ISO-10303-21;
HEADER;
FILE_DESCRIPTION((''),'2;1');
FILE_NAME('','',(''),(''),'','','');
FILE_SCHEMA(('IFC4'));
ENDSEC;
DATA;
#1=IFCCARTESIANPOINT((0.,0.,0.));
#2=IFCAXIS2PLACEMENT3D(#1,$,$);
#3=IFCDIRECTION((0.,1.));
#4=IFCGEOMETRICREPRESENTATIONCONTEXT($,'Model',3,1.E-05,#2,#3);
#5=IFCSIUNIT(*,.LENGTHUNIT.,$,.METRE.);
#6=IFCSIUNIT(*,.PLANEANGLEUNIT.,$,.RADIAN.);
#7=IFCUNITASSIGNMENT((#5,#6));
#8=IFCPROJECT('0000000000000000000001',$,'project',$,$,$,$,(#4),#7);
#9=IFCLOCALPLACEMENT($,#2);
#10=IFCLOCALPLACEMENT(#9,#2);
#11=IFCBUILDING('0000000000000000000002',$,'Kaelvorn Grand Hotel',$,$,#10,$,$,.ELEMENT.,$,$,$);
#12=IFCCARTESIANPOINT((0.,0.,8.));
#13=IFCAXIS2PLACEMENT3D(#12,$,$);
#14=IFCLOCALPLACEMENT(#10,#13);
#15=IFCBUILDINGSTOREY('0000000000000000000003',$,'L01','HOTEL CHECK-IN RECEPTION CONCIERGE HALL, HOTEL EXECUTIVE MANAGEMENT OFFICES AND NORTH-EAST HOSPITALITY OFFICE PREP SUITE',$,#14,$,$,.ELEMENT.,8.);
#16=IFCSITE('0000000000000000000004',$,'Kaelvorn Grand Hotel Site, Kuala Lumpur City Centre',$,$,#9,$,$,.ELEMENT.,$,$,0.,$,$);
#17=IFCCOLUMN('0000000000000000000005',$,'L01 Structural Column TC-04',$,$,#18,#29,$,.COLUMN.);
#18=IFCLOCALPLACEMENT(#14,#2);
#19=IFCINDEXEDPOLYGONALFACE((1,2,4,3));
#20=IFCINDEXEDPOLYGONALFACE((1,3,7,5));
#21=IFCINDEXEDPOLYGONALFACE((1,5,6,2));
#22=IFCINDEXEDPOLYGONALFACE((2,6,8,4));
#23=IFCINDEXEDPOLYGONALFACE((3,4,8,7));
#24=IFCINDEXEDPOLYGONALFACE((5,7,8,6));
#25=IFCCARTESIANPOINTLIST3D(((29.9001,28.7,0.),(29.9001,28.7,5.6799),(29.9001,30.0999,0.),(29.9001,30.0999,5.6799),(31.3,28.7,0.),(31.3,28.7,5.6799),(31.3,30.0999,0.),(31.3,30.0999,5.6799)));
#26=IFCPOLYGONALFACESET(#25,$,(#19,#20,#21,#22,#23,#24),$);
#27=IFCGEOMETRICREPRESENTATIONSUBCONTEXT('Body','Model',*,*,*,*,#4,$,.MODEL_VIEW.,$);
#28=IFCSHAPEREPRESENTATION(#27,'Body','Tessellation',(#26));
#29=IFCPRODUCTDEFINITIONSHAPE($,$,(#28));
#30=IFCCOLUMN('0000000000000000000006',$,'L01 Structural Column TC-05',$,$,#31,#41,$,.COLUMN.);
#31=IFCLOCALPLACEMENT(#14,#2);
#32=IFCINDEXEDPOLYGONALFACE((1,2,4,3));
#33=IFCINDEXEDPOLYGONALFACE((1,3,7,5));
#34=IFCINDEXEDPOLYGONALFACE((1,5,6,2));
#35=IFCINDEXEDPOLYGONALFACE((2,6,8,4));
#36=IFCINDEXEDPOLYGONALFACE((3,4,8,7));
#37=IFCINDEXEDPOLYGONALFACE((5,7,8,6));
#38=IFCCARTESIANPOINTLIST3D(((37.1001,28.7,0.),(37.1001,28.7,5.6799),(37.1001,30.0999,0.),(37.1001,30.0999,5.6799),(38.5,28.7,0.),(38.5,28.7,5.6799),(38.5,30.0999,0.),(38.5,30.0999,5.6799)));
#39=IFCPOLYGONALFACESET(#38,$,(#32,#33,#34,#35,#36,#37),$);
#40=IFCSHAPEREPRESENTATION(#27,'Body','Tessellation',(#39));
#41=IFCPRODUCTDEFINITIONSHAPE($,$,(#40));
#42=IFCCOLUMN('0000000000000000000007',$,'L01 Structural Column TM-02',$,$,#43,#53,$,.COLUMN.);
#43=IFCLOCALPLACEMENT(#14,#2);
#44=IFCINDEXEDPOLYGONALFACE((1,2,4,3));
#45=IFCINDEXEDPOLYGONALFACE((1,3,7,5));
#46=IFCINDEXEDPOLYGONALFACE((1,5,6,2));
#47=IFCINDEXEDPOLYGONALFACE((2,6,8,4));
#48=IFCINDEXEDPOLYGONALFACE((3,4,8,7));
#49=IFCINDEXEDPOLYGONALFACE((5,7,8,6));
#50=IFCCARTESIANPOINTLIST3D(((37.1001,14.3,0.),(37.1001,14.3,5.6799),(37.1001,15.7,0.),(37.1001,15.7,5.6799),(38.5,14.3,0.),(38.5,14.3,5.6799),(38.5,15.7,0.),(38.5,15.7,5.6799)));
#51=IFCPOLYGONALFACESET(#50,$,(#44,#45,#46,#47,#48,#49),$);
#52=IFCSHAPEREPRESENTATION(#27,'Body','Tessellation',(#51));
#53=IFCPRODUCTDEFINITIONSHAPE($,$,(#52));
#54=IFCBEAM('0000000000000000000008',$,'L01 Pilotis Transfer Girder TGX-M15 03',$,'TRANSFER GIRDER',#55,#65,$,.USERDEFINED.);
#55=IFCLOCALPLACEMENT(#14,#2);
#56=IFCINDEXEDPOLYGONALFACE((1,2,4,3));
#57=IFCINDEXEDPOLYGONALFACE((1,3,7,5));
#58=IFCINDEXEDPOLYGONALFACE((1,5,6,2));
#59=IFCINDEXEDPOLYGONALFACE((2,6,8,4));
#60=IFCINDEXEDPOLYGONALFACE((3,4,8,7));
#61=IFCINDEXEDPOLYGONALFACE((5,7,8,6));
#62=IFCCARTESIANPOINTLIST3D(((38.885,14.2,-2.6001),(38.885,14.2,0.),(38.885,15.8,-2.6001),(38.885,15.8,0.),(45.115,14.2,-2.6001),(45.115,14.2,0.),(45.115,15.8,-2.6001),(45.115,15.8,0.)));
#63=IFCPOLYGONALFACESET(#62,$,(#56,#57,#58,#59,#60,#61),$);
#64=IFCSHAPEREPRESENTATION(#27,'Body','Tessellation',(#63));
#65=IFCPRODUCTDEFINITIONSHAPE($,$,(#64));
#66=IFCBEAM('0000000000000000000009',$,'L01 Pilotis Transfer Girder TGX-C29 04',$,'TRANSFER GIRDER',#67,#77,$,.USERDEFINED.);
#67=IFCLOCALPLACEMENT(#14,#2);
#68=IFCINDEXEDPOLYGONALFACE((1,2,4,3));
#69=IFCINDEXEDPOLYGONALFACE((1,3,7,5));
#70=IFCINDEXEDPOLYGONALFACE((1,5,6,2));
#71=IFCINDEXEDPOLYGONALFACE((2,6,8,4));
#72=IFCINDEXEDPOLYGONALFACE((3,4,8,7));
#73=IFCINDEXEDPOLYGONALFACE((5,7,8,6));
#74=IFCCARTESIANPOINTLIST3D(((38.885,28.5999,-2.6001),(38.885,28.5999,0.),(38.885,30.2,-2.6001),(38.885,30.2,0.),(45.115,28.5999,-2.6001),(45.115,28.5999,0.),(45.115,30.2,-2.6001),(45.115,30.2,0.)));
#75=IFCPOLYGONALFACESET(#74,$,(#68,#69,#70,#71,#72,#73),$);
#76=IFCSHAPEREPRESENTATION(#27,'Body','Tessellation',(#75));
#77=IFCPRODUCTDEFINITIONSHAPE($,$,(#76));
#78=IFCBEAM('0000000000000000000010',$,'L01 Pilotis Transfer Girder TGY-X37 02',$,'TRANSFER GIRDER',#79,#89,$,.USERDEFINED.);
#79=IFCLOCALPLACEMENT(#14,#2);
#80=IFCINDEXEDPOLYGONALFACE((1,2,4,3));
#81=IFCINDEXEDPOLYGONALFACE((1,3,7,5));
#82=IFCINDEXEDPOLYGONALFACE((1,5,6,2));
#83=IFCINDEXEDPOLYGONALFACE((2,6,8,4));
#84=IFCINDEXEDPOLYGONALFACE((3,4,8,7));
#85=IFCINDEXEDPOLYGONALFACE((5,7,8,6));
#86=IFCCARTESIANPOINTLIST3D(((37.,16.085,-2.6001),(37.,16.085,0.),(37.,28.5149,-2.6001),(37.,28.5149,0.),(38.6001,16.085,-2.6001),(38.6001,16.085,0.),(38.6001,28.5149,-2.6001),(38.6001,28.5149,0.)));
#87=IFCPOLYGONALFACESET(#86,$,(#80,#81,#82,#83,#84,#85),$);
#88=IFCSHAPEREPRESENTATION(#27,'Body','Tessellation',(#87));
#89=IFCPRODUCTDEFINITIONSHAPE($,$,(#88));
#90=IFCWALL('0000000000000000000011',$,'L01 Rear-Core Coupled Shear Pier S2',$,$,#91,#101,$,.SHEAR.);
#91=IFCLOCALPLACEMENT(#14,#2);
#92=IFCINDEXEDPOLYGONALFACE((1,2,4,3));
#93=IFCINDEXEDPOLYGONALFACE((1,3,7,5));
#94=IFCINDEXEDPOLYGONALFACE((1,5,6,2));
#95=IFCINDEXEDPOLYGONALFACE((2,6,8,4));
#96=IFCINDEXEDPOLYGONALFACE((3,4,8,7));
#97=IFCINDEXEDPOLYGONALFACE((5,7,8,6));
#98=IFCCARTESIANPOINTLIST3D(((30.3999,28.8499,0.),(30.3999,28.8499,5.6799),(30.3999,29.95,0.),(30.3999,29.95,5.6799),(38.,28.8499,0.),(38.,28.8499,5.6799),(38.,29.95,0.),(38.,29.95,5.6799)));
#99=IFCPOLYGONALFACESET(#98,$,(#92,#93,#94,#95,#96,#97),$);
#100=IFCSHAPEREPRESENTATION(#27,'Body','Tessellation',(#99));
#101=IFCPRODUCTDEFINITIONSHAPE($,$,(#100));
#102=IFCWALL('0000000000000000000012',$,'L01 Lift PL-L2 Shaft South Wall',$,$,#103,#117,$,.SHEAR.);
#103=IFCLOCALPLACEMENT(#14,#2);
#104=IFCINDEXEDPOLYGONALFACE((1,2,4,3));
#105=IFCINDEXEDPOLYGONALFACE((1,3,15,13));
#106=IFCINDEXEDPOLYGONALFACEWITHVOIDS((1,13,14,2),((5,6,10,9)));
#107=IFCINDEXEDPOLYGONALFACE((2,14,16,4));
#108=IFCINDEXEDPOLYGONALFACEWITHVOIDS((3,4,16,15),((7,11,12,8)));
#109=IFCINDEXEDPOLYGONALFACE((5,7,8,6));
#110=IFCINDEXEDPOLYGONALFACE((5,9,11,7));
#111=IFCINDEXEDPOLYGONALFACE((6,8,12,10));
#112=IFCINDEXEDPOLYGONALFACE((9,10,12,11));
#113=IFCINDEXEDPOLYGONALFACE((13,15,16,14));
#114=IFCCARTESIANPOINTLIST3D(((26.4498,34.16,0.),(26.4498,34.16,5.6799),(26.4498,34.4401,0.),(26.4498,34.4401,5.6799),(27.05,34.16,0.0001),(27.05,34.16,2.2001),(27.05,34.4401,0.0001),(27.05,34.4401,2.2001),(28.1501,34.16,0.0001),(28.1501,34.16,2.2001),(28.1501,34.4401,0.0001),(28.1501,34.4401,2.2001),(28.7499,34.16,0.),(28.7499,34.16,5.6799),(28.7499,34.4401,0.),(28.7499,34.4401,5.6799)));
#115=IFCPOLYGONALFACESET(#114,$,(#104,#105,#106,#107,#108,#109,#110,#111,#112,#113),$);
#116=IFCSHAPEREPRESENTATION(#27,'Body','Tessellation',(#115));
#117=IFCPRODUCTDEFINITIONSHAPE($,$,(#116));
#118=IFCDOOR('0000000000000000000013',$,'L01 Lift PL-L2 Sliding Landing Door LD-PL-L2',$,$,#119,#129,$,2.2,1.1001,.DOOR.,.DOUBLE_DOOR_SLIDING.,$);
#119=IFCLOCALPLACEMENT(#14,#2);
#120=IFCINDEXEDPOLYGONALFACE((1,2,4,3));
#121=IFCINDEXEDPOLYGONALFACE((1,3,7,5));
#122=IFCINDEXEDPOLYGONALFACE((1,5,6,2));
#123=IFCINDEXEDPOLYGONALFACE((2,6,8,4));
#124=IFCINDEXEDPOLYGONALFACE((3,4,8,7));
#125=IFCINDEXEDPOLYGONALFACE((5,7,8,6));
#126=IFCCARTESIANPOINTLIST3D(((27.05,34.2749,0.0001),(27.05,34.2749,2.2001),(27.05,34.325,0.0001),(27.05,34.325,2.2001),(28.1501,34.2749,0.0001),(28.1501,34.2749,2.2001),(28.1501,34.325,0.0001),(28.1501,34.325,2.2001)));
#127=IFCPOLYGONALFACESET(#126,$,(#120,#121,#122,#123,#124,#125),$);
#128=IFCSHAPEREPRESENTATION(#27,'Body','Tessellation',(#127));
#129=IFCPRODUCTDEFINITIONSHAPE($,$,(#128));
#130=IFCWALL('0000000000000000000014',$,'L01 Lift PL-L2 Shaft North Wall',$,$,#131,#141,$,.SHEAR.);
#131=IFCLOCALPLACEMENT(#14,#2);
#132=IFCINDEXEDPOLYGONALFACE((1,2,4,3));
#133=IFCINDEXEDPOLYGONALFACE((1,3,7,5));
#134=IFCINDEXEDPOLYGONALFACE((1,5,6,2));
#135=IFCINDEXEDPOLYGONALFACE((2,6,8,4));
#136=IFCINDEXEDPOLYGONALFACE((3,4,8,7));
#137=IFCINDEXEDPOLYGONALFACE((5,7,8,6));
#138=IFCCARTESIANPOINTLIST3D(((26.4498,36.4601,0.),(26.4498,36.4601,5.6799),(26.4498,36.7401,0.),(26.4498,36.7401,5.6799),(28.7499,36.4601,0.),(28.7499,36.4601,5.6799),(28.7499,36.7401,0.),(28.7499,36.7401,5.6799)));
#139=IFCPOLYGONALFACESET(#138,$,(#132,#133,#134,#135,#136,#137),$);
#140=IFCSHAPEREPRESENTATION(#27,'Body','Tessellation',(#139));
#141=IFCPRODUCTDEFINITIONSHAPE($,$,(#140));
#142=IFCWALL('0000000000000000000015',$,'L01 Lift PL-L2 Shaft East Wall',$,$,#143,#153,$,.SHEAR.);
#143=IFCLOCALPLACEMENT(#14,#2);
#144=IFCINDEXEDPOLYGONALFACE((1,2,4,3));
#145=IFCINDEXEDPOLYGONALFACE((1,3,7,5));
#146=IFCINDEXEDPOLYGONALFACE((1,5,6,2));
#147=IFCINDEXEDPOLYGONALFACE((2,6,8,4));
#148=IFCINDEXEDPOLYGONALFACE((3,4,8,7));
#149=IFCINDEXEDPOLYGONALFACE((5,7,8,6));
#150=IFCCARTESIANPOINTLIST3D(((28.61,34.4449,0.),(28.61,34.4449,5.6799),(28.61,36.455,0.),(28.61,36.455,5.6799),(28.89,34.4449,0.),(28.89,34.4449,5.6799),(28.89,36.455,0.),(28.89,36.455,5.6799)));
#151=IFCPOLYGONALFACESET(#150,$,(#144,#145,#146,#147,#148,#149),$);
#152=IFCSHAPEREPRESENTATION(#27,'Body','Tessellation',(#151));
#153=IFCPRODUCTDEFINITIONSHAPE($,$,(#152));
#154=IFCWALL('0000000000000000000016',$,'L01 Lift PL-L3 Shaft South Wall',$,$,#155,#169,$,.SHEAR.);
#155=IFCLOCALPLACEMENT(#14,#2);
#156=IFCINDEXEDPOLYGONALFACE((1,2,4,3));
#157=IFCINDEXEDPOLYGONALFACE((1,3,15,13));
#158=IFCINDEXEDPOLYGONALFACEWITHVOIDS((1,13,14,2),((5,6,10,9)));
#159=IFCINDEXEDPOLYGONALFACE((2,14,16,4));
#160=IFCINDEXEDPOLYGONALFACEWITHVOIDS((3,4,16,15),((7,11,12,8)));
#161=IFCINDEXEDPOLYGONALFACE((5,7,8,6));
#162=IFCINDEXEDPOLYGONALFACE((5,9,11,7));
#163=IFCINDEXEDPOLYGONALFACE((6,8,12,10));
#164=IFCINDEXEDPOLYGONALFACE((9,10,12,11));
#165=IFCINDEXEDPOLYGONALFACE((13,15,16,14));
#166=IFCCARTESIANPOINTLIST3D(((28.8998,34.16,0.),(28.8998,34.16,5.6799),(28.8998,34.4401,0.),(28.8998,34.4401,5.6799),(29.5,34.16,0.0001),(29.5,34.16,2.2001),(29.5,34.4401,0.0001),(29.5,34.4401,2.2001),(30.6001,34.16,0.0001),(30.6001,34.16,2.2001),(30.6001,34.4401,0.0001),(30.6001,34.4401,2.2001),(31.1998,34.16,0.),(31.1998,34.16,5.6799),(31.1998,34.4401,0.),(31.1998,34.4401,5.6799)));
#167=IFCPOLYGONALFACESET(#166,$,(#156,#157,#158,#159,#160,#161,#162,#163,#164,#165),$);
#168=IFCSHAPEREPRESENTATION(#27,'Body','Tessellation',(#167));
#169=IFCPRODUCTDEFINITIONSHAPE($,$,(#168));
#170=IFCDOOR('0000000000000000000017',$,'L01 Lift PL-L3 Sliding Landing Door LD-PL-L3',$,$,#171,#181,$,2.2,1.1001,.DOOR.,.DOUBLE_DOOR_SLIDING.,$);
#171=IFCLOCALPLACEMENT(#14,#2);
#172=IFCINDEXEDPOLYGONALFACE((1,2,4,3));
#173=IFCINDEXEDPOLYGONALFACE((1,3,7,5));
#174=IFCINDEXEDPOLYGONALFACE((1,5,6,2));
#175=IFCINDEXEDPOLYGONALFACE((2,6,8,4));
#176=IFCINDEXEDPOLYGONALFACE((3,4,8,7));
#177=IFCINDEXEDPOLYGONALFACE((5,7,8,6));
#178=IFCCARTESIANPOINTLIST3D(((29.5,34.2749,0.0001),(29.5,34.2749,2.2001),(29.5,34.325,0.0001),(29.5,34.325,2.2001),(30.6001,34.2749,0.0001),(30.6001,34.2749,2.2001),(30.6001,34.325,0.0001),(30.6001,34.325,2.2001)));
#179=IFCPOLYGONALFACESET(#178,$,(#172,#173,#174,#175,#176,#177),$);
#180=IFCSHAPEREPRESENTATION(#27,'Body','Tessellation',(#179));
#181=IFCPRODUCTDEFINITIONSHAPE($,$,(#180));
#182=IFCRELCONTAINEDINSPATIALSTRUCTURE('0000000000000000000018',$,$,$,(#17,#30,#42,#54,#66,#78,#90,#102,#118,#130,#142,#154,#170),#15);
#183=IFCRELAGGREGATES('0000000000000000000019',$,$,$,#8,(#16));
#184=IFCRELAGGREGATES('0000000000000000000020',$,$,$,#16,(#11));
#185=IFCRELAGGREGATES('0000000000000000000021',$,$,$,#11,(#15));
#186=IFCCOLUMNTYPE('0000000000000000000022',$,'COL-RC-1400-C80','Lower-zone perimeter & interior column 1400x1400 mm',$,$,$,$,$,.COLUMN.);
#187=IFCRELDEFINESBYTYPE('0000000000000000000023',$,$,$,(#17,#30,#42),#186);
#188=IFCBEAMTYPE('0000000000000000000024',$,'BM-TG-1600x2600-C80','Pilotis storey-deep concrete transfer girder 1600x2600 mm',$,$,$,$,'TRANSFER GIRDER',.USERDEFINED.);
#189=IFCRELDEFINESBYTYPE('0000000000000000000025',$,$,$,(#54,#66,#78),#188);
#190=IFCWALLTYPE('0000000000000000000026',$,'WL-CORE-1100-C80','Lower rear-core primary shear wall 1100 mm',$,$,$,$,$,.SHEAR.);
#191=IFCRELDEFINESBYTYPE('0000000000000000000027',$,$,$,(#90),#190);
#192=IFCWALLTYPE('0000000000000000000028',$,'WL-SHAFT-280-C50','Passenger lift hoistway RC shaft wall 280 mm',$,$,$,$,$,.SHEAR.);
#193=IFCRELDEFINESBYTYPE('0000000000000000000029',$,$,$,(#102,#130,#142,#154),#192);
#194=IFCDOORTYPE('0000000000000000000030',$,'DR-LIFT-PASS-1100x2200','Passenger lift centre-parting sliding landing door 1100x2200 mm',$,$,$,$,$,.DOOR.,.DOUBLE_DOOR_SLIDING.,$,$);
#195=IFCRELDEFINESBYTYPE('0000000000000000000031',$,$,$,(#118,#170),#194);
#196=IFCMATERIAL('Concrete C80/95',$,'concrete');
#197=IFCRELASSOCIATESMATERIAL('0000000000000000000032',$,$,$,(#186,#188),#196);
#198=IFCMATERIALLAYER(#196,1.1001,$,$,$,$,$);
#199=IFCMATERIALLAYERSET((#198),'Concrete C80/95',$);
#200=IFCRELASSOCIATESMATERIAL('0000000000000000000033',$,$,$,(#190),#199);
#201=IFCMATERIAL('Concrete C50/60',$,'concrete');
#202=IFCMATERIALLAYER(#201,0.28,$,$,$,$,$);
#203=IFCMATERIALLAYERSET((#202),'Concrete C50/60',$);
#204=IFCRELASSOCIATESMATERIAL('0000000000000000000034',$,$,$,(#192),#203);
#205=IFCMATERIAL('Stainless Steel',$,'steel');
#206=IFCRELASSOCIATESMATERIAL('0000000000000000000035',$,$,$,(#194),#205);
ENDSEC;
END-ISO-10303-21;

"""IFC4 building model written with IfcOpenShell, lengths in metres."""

from ifc_helpers import new_model, si_unit, direction, frame, frame_2d, origin, origin_2d, place, context, subcontext, project, spatial, rectangle, extrude, material, layer, layer_set, material_profile, profile_set, type_object, element, fill, save


model = new_model("IFC4")

# Units and contexts
model_context = context("Model", 3, precision=1e-05, world=origin(), true_north=direction((0.0, 1.0)))
body_context = subcontext(model_context, "Body", "Model", "MODEL_VIEW")
ifc_project = project(units=[si_unit("LENGTHUNIT", "METRE"), si_unit("PLANEANGLEUNIT", "RADIAN")], contexts=[model_context])

# Site, building, storey
site_placement = place(None, origin())
site = spatial("IfcSite", under=ifc_project, at=site_placement, Name="Kaelvorn Grand Hotel Site, Kuala Lumpur City Centre", CompositionType="ELEMENT", RefElevation=0.0)
building_placement = place(site_placement, origin())
building = spatial("IfcBuilding", under=site, at=building_placement, Name="Kaelvorn Grand Hotel", CompositionType="ELEMENT")
storey_placement = place(building_placement, frame((0.0, 0.0, 8.0)))
storey = spatial("IfcBuildingStorey", under=building, at=storey_placement, Name="L01", Description="HOTEL CHECK-IN RECEPTION CONCIERGE HALL, HOTEL EXECUTIVE MANAGEMENT OFFICES AND NORTH-EAST HOSPITALITY OFFICE PREP SUITE", CompositionType="ELEMENT", Elevation=8.0)

# Columns
ifc_material_1 = material(Name="Concrete C80/95", Category="concrete")
ifc_material_profile_1 = material_profile(ifc_material_1, rectangle(XDim=1.3999, YDim=1.3999, at=origin_2d()), Name="RC COL 1400x1400")
ifc_profile_set_1 = profile_set([ifc_material_profile_1], Name="Concrete C80/95")
column_type = type_object("IfcColumnType", Name="COL-RC-1400-C80", Description="Lower-zone perimeter & interior column 1400x1400 mm", PredefinedType="COLUMN", material=ifc_profile_set_1)
for number, where, z_axis, x_axis, name in (
    (1, (30.6001, 29.3999, 0.0), (0.0, 0.0, 1.0), (1.0, 0.0, 0.0), "L01 Structural Column TC-04"),
    (2, (37.8, 29.3999, 0.0), (0.0, 0.0, 1.0), (1.0, 0.0, 0.0), "L01 Structural Column TC-05"),
    (3, (37.8, 15.0, 0.0), (0.0, 0.0, 1.0), (1.0, 0.0, 0.0), "L01 Structural Column TM-02"),
):
    element("IfcColumn", number, at=place(storey_placement, frame(where, z_axis=z_axis, x_axis=x_axis)), inside=storey, type_object=column_type, Name=name, PredefinedType="COLUMN", context=body_context, shape_type="SweptSolid", body=[
        extrude(rectangle(XDim=1.3999, YDim=1.3999, at=origin_2d()), origin(), (0.0, 0.0, 1.0), 5.6799),
    ])

# Beams
ifc_material_profile_2 = material_profile(ifc_material_1, rectangle(XDim=1.6001, YDim=2.6001, at=origin_2d()), Name="RC TG 1600x2600")
ifc_profile_set_2 = profile_set([ifc_material_profile_2], Name="Concrete C80/95")
beam_type = type_object("IfcBeamType", Name="BM-TG-1600x2600-C80", Description="Pilotis storey-deep concrete transfer girder 1600x2600 mm", ElementType="TRANSFER GIRDER", PredefinedType="USERDEFINED", material=ifc_profile_set_2)
for number, where, z_axis, x_axis, name in (
    (4, (38.885, 15.0, -1.3), (1.0, 0.0, 0.0), (0.0, 1.0, 0.0), "L01 Pilotis Transfer Girder TGX-M15 03"),
    (5, (38.885, 29.3999, -1.3), (1.0, 0.0, 0.0), (0.0, 1.0, 0.0), "L01 Pilotis Transfer Girder TGX-C29 04"),
):
    element("IfcBeam", number, at=place(storey_placement, frame(where, z_axis=z_axis, x_axis=x_axis)), inside=storey, type_object=beam_type, Name=name, ObjectType="TRANSFER GIRDER", PredefinedType="USERDEFINED", context=body_context, shape_type="SweptSolid", body=[
        extrude(rectangle(XDim=1.6001, YDim=2.6001, at=origin_2d()), origin(), (0.0, 0.0, 1.0), 6.23),
    ])
beam_placement = place(storey_placement, frame((37.8, 16.085, -1.3), z_axis=(0.0, 1.0, 0.0), x_axis=(-1.0, 0.0, 0.0)))
element("IfcBeam", 6, at=beam_placement, inside=storey, type_object=beam_type, Name="L01 Pilotis Transfer Girder TGY-X37 02", ObjectType="TRANSFER GIRDER", PredefinedType="USERDEFINED", context=body_context, shape_type="SweptSolid", body=[
    extrude(rectangle(XDim=1.6001, YDim=2.6001, at=origin_2d()), origin(), (0.0, 0.0, 1.0), 12.4299),
])

# Wall
ifc_layer_1 = layer(ifc_material_1, 1.1001)
ifc_layer_set_1 = layer_set([ifc_layer_1], Name="Concrete C80/95")
wall_type_1 = type_object("IfcWallType", Name="WL-CORE-1100-C80", Description="Lower rear-core primary shear wall 1100 mm", PredefinedType="SHEAR", material=ifc_layer_set_1)
wall_1_placement = place(storey_placement, frame((30.3999, 29.3999, 0.0), z_axis=(0.0, 0.0, 1.0), x_axis=(1.0, 0.0, 0.0)))
element("IfcWall", 7, at=wall_1_placement, inside=storey, type_object=wall_type_1, Name="L01 Rear-Core Coupled Shear Pier S2", PredefinedType="SHEAR", context=body_context, shape_type="SweptSolid", body=[
    extrude(rectangle(XDim=7.6001, YDim=1.1001, at=frame_2d((3.8, 0.0))), origin(), (0.0, 0.0, 1.0), 5.6799),
])

# Wall, opening, door
ifc_material_2 = material(Name="Concrete C50/60", Category="concrete")
ifc_layer_2 = layer(ifc_material_2, 0.28)
ifc_layer_set_2 = layer_set([ifc_layer_2], Name="Concrete C50/60")
wall_type_2 = type_object("IfcWallType", Name="WL-SHAFT-280-C50", Description="Passenger lift hoistway RC shaft wall 280 mm", PredefinedType="SHEAR", material=ifc_layer_set_2)
wall_2_placement = place(storey_placement, frame((26.45, 34.3, 0.0), z_axis=(0.0, 0.0, 1.0), x_axis=(1.0, 0.0, 0.0)))
wall_2 = element("IfcWall", 8, at=wall_2_placement, inside=storey, type_object=wall_type_2, Name="L01 Lift PL-L2 Shaft South Wall", PredefinedType="SHEAR", context=body_context, shape_type="SweptSolid", body=[
    extrude(rectangle(XDim=2.3, YDim=0.28, at=frame_2d((1.1499, 0.0))), origin(), (0.0, 0.0, 1.0), 5.6799),
])
opening_1_placement = place(wall_2_placement, frame((0.6001, 0.0, 0.0)))
opening_1 = element("IfcOpeningElement", 9, at=opening_1_placement, cuts=wall_2, PredefinedType="OPENING", context=body_context, shape_type="SweptSolid", body=[
    extrude(rectangle(XDim=1.1001, YDim=2.2, at=frame_2d((0.55, 1.1001))), frame((0.0, 0.1499, 0.0), z_axis=(0.0, -1.0, 0.0), x_axis=(1.0, 0.0, 0.0)), (0.0, 0.0, 1.0), 0.3),
])
ifc_material_3 = material(Name="Stainless Steel", Category="steel")
door_type = type_object("IfcDoorType", Name="DR-LIFT-PASS-1100x2200", Description="Passenger lift centre-parting sliding landing door 1100x2200 mm", OperationType="DOUBLE_DOOR_SLIDING", PredefinedType="DOOR", material=ifc_material_3)
door_1_placement = place(opening_1_placement, origin())
door_1 = element("IfcDoor", 10, at=door_1_placement, inside=storey, type_object=door_type, Name="L01 Lift PL-L2 Sliding Landing Door LD-PL-L2", OperationType="DOUBLE_DOOR_SLIDING", OverallHeight=2.2, OverallWidth=1.1001, PredefinedType="DOOR", context=body_context, shape_type="SweptSolid", body=[
    extrude(rectangle(XDim=1.1001, YDim=2.2, at=frame_2d((0.55, 1.1001))), frame((0.0, 0.0249, 0.0), z_axis=(0.0, -1.0, 0.0), x_axis=(1.0, 0.0, 0.0)), (0.0, 0.0, 1.0), 0.05),
])
fill(opening_1, door_1)

# Walls
wall_3_placement = place(storey_placement, frame((26.45, 36.6001, 0.0), z_axis=(0.0, 0.0, 1.0), x_axis=(1.0, 0.0, 0.0)))
element("IfcWall", 11, at=wall_3_placement, inside=storey, type_object=wall_type_2, Name="L01 Lift PL-L2 Shaft North Wall", PredefinedType="SHEAR", context=body_context, shape_type="SweptSolid", body=[
    extrude(rectangle(XDim=2.3, YDim=0.28, at=frame_2d((1.1499, 0.0))), origin(), (0.0, 0.0, 1.0), 5.6799),
])
wall_4_placement = place(storey_placement, frame((28.75, 34.4451, 0.0), z_axis=(0.0, 0.0, 1.0), x_axis=(0.0, 1.0, 0.0)))
element("IfcWall", 12, at=wall_4_placement, inside=storey, type_object=wall_type_2, Name="L01 Lift PL-L2 Shaft East Wall", PredefinedType="SHEAR", context=body_context, shape_type="SweptSolid", body=[
    extrude(rectangle(XDim=2.01, YDim=0.28, at=frame_2d((1.0049, 0.0))), origin(), (0.0, 0.0, 1.0), 5.6799),
])

# Wall, opening, door
wall_5_placement = place(storey_placement, frame((28.8999, 34.3, 0.0), z_axis=(0.0, 0.0, 1.0), x_axis=(1.0, 0.0, 0.0)))
wall_5 = element("IfcWall", 13, at=wall_5_placement, inside=storey, type_object=wall_type_2, Name="L01 Lift PL-L3 Shaft South Wall", PredefinedType="SHEAR", context=body_context, shape_type="SweptSolid", body=[
    extrude(rectangle(XDim=2.3, YDim=0.28, at=frame_2d((1.1499, 0.0))), origin(), (0.0, 0.0, 1.0), 5.6799),
])
opening_2_placement = place(wall_5_placement, frame((0.6001, 0.0, 0.0)))
opening_2 = element("IfcOpeningElement", 14, at=opening_2_placement, cuts=wall_5, PredefinedType="OPENING", context=body_context, shape_type="SweptSolid", body=[
    extrude(rectangle(XDim=1.1001, YDim=2.2, at=frame_2d((0.55, 1.1001))), frame((0.0, 0.1499, 0.0), z_axis=(0.0, -1.0, 0.0), x_axis=(1.0, 0.0, 0.0)), (0.0, 0.0, 1.0), 0.3),
])
door_2_placement = place(opening_2_placement, origin())
door_2 = element("IfcDoor", 15, at=door_2_placement, inside=storey, type_object=door_type, Name="L01 Lift PL-L3 Sliding Landing Door LD-PL-L3", OperationType="DOUBLE_DOOR_SLIDING", OverallHeight=2.2, OverallWidth=1.1001, PredefinedType="DOOR", context=body_context, shape_type="SweptSolid", body=[
    extrude(rectangle(XDim=1.1001, YDim=2.2, at=frame_2d((0.55, 1.1001))), frame((0.0, 0.0249, 0.0), z_axis=(0.0, -1.0, 0.0), x_axis=(1.0, 0.0, 0.0)), (0.0, 0.0, 1.0), 0.05),
])
fill(opening_2, door_2)

save(model, "model.ifc")
